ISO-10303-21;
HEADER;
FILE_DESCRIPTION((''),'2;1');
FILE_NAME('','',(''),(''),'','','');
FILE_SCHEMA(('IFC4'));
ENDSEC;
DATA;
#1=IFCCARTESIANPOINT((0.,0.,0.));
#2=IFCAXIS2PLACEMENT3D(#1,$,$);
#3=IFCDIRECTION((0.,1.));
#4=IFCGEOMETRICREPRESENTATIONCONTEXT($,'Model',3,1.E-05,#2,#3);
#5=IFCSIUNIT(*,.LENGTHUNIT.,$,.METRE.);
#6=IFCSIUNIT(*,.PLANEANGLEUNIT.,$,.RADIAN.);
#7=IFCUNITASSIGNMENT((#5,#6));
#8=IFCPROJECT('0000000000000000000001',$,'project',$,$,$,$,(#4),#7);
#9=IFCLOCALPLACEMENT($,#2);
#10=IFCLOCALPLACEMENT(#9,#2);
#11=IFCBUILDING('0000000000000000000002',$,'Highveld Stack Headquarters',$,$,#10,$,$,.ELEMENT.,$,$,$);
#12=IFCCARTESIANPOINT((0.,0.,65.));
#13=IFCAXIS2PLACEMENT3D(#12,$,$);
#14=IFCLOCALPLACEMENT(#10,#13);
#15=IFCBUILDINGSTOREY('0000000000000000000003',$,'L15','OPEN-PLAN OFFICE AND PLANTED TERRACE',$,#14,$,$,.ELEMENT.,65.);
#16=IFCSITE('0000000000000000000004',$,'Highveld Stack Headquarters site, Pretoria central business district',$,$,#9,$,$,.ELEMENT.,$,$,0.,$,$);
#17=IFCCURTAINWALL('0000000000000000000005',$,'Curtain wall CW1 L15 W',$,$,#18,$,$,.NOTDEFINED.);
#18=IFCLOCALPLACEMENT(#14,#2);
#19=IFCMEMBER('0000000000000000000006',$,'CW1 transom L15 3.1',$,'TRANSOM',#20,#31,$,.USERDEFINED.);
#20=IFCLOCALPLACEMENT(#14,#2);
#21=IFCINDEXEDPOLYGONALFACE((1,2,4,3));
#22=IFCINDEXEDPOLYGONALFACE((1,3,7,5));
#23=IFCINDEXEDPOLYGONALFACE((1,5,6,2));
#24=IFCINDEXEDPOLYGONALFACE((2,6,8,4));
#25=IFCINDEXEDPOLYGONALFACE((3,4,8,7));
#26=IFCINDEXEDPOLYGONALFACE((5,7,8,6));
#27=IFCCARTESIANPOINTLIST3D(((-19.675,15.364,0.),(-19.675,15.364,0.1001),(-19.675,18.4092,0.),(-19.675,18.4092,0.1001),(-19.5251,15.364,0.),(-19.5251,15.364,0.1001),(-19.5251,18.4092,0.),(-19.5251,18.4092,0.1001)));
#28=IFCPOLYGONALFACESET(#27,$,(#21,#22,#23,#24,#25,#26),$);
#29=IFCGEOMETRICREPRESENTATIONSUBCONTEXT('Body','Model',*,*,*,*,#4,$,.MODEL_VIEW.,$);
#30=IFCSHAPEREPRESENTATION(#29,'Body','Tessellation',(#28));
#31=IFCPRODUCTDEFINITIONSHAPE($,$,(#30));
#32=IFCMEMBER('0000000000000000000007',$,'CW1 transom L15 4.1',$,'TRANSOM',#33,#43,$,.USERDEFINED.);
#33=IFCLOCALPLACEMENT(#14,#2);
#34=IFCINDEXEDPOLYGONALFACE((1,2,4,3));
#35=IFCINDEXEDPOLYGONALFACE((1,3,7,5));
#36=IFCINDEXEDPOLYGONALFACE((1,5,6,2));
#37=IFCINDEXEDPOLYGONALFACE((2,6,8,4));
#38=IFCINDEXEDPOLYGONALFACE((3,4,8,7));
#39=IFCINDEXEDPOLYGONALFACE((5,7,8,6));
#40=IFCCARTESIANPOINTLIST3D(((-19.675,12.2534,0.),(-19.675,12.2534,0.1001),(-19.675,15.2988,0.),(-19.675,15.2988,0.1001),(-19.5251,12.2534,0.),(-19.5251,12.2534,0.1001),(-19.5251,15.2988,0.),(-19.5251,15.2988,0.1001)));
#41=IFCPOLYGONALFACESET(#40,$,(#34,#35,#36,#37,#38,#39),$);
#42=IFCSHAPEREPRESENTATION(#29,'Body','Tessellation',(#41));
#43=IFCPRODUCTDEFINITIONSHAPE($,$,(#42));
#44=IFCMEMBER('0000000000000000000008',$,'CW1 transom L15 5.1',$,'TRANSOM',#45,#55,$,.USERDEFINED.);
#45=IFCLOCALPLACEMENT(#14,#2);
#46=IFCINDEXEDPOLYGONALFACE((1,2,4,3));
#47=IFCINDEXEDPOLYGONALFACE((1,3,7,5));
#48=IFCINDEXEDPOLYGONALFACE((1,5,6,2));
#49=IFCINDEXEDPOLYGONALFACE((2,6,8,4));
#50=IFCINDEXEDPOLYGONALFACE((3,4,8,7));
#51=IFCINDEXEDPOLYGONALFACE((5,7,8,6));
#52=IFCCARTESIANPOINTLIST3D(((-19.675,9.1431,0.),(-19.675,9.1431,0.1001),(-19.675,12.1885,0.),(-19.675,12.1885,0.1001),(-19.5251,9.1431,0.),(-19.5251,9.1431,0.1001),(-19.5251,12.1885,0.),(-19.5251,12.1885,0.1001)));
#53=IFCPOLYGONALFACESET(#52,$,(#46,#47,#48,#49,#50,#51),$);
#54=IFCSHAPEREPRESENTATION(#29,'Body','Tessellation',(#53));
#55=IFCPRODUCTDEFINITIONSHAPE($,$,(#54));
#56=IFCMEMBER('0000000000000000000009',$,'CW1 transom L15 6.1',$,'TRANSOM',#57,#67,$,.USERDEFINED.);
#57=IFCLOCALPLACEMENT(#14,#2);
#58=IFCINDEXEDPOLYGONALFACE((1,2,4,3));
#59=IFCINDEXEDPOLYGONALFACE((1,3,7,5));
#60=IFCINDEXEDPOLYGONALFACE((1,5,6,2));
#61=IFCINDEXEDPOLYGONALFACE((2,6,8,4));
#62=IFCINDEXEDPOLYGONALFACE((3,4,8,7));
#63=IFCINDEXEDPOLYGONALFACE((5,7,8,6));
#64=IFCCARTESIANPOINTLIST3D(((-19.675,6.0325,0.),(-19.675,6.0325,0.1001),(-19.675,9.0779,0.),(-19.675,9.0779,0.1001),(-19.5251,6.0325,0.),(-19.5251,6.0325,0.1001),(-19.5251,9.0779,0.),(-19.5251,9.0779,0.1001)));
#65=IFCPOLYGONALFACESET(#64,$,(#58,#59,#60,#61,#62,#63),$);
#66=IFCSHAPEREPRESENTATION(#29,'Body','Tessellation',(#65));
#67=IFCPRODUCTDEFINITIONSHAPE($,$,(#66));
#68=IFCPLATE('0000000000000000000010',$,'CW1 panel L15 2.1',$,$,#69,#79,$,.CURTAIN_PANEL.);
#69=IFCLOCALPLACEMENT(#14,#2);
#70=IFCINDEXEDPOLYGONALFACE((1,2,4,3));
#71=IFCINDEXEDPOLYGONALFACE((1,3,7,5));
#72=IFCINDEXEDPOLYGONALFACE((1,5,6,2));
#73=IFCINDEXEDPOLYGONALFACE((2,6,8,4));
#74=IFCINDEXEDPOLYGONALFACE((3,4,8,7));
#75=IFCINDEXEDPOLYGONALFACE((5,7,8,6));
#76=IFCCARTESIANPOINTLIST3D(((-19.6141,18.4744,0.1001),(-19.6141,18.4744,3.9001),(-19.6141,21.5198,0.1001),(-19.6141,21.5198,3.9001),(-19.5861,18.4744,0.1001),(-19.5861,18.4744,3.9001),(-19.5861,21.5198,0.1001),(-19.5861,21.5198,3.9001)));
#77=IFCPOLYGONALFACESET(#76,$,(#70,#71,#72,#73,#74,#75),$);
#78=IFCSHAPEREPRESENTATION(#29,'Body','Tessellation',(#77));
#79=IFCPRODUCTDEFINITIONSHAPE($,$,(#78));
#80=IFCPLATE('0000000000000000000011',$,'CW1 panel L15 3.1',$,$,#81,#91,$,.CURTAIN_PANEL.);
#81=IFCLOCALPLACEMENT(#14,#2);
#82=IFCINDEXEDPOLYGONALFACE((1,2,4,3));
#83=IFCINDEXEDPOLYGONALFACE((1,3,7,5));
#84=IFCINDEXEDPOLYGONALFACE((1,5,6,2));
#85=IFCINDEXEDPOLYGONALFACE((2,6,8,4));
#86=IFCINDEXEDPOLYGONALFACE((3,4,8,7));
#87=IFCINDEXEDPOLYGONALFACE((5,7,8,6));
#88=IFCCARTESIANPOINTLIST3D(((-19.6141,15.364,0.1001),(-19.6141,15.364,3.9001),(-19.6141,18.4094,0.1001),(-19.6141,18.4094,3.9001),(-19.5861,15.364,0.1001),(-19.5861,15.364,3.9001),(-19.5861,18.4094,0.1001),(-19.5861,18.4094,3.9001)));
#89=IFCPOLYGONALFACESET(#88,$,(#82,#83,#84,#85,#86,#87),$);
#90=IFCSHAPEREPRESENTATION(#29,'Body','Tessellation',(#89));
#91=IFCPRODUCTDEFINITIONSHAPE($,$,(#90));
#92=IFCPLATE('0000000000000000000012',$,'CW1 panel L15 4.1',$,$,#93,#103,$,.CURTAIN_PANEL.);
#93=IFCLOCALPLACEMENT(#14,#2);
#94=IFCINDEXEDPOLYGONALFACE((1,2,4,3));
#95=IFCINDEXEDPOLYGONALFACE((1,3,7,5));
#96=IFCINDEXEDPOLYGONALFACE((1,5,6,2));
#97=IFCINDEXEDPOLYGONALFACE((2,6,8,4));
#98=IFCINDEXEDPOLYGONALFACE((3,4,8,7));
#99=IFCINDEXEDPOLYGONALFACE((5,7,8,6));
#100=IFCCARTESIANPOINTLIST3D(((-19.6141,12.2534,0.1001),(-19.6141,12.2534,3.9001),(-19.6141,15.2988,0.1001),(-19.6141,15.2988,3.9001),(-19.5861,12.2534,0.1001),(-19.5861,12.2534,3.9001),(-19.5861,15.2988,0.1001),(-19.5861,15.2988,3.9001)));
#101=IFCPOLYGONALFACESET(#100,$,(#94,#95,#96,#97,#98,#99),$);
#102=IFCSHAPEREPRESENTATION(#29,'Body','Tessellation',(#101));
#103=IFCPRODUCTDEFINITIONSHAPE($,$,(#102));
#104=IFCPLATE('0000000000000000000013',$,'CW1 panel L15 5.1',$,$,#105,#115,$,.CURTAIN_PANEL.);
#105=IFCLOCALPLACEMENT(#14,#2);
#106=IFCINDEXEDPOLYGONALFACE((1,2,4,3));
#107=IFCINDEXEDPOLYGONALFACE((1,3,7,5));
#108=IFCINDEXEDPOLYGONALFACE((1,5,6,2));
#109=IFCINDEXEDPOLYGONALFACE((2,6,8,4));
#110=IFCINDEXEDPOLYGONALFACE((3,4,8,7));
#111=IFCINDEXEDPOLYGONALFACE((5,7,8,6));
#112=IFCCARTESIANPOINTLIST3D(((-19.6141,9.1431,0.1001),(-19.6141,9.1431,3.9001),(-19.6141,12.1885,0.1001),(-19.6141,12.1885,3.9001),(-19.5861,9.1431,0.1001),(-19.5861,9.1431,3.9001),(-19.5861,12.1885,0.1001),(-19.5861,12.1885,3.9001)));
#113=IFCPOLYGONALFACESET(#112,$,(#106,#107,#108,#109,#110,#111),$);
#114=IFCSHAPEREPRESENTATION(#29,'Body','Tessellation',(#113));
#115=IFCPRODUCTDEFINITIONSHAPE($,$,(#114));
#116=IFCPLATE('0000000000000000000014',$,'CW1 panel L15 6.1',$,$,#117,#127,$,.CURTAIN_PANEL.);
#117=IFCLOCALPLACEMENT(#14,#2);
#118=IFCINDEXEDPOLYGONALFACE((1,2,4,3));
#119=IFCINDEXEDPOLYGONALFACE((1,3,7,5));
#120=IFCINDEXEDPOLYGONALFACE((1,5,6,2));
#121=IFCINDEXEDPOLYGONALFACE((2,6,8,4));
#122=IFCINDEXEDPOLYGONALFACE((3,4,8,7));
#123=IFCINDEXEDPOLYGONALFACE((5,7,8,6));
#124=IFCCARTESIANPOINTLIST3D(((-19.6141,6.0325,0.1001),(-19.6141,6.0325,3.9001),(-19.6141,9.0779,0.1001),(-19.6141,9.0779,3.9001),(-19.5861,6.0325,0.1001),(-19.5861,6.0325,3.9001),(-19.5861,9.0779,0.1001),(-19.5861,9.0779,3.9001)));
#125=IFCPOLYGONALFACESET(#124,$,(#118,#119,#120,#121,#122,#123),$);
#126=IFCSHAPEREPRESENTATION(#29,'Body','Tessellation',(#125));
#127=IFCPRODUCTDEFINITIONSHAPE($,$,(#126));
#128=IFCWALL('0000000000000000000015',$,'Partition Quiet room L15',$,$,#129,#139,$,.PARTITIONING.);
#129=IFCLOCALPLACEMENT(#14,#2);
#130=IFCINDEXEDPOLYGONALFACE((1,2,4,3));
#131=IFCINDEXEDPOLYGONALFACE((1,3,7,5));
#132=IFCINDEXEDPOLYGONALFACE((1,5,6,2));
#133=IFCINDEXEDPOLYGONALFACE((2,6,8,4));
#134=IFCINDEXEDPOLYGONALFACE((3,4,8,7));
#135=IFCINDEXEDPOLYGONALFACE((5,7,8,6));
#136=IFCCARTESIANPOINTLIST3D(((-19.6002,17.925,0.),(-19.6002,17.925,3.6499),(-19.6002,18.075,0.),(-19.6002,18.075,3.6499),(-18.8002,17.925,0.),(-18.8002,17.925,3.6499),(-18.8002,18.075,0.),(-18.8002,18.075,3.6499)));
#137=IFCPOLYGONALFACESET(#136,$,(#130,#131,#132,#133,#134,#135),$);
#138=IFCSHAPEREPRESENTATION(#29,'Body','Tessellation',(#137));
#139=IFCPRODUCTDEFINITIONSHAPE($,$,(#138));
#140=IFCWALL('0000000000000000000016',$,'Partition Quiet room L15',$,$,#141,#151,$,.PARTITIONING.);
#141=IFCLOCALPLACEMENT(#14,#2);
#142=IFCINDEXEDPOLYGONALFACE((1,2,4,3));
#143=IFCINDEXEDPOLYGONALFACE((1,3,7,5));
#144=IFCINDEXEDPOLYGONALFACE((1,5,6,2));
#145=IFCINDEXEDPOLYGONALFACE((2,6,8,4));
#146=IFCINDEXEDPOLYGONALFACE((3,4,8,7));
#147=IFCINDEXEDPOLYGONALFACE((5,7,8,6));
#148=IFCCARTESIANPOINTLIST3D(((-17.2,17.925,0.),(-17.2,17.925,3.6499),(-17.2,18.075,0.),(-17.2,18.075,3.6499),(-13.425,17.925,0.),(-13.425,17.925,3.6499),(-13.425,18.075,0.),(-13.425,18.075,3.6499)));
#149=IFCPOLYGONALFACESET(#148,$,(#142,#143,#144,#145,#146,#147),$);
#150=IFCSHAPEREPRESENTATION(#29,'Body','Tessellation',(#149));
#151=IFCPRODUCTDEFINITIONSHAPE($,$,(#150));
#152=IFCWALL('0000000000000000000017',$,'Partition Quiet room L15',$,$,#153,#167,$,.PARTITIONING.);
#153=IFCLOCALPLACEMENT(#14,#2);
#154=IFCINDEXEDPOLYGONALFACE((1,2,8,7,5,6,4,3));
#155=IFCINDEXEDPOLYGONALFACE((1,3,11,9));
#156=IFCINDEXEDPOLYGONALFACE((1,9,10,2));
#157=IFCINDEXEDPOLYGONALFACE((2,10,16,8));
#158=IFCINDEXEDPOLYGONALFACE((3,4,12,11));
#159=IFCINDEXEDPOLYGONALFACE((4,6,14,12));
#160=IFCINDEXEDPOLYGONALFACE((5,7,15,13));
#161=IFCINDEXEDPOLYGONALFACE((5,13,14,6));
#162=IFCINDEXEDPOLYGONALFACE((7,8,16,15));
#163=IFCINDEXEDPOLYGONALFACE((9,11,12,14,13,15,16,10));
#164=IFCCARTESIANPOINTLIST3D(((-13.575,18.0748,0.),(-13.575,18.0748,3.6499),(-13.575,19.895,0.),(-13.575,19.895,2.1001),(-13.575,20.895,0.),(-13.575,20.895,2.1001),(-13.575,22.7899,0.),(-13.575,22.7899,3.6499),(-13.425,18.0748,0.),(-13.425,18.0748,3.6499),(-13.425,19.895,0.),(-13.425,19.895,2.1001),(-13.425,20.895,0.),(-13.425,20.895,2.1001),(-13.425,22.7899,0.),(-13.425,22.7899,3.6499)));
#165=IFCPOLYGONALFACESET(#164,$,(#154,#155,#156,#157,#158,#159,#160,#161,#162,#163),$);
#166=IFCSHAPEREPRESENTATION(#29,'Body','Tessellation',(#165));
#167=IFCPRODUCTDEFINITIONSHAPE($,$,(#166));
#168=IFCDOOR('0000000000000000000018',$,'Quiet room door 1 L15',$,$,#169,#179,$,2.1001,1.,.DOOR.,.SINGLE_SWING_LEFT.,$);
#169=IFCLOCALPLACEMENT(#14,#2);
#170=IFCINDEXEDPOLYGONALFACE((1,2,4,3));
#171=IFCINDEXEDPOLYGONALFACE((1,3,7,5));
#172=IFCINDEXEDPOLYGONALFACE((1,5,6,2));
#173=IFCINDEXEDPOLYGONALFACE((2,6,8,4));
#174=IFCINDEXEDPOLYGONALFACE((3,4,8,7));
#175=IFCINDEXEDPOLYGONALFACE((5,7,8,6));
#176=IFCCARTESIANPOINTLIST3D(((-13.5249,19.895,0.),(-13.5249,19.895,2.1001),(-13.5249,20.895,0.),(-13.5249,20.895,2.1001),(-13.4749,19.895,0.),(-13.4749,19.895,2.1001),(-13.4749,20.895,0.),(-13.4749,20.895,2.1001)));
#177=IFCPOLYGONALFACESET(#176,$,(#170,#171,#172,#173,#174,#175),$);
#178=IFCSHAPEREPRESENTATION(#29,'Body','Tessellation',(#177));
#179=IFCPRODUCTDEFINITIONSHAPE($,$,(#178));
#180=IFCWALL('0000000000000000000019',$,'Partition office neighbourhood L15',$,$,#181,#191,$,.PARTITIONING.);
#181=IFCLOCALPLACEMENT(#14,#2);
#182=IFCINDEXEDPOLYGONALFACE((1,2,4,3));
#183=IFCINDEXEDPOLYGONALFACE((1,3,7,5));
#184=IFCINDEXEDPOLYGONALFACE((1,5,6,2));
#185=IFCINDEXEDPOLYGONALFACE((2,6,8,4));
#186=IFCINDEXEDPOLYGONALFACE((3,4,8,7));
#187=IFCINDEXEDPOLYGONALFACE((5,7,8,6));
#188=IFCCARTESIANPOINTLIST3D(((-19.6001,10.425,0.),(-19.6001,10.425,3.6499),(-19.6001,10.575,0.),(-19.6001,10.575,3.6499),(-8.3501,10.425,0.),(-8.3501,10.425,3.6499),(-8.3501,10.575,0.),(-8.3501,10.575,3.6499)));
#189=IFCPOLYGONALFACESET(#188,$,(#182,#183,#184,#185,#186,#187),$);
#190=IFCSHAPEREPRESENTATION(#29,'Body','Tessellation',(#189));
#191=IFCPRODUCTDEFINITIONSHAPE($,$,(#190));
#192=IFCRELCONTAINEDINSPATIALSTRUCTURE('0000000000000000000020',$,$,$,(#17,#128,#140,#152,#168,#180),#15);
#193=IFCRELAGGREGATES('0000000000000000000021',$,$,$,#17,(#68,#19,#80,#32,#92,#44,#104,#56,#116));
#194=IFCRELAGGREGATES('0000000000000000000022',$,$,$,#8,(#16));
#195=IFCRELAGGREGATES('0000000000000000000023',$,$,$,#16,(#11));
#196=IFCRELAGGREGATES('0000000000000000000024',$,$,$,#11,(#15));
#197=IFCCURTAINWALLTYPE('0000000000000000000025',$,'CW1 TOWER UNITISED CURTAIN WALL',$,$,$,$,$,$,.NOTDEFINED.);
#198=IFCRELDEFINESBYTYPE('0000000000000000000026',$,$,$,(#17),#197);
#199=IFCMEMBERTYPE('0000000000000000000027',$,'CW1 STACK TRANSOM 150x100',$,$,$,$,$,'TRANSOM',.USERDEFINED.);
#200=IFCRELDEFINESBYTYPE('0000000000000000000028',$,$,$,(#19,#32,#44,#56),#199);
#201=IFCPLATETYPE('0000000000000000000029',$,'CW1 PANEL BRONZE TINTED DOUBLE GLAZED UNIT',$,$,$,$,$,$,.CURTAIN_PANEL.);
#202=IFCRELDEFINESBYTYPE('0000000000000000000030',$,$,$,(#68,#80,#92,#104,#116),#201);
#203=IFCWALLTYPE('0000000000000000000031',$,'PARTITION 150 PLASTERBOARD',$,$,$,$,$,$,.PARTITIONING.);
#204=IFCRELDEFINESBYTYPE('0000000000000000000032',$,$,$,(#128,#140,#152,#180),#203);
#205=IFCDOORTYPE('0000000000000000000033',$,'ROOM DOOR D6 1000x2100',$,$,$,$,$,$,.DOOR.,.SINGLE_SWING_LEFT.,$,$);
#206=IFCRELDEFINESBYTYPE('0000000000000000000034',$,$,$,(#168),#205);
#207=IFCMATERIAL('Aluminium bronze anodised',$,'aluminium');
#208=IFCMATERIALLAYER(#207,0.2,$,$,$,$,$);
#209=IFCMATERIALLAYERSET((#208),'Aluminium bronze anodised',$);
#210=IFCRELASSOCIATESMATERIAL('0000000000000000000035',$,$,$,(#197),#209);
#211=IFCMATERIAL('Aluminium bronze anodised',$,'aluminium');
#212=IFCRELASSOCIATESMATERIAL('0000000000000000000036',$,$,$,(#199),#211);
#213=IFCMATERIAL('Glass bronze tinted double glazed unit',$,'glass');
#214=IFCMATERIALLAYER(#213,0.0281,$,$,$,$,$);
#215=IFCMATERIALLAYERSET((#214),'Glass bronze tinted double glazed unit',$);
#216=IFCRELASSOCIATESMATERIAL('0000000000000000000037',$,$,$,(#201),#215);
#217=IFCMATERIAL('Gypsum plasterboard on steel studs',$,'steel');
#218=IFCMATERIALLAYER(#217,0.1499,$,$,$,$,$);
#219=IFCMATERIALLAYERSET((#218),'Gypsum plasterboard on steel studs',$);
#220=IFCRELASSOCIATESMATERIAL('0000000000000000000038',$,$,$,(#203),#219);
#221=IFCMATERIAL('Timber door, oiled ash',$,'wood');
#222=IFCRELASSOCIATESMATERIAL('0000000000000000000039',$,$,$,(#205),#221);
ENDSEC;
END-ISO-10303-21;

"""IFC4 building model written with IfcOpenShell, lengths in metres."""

from ifc_helpers import new_model, si_unit, direction, frame, frame_2d, origin, origin_2d, place, context, subcontext, project, spatial, rectangle, extrude, material, layer, layer_set, material_profile, profile_set, type_object, element, fill, aggregate, save


model = new_model("IFC4")

# Units and contexts
model_context = context("Model", 3, precision=1e-05, world=origin(), true_north=direction((0.0, 1.0)))
body_context = subcontext(model_context, "Body", "Model", "MODEL_VIEW")
ifc_project = project(units=[si_unit("LENGTHUNIT", "METRE"), si_unit("PLANEANGLEUNIT", "RADIAN")], contexts=[model_context])

# Site, building, storey
site_placement = place(None, origin())
site = spatial("IfcSite", under=ifc_project, at=site_placement, Name="Highveld Stack Headquarters site, Pretoria central business district", CompositionType="ELEMENT", RefElevation=0.0)
building_placement = place(site_placement, origin())
building = spatial("IfcBuilding", under=site, at=building_placement, Name="Highveld Stack Headquarters", CompositionType="ELEMENT")
storey_placement = place(building_placement, frame((0.0, 0.0, 65.0)))
storey = spatial("IfcBuildingStorey", under=building, at=storey_placement, Name="L15", Description="OPEN-PLAN OFFICE AND PLANTED TERRACE", CompositionType="ELEMENT", Elevation=65.0)

# Curtain wall, members, plates
ifc_material_1 = material(Name="Aluminium bronze anodised", Category="aluminium")
ifc_layer_1 = layer(ifc_material_1, 0.2)
ifc_layer_set_1 = layer_set([ifc_layer_1], Name="Aluminium bronze anodised")
curtain_wall_type = type_object("IfcCurtainWallType", Name="CW1 TOWER UNITISED CURTAIN WALL", PredefinedType="NOTDEFINED", material=ifc_layer_set_1)
curtain_wall_placement = place(storey_placement, origin())
curtain_wall = element("IfcCurtainWall", 1, at=curtain_wall_placement, inside=storey, type_object=curtain_wall_type, Name="Curtain wall CW1 L15 W", PredefinedType="NOTDEFINED")
ifc_material_2 = material(Name="Aluminium bronze anodised", Category="aluminium")
ifc_material_profile_1 = material_profile(ifc_material_2, rectangle(XDim=0.1499, YDim=0.1001, at=origin_2d()), Name="CW1 TRANSOM 150x100")
ifc_profile_set_1 = profile_set([ifc_material_profile_1], Name="Aluminium bronze anodised")
member_type_1 = type_object("IfcMemberType", Name="CW1 STACK TRANSOM 150x100", ElementType="TRANSOM", PredefinedType="USERDEFINED", material=ifc_profile_set_1)
member_1_placement = place(storey_placement, frame((-19.6001, 18.4092, 0.05), z_axis=(0.0, -1.0, 0.0), x_axis=(1.0, 0.0, 0.0)))
member_1 = element("IfcMember", 2, at=member_1_placement, type_object=member_type_1, Name="CW1 transom L15 3.1", ObjectType="TRANSOM", PredefinedType="USERDEFINED", context=body_context, shape_type="SweptSolid", body=[
    extrude(rectangle(XDim=0.1499, YDim=0.1001, at=origin_2d()), origin(), (0.0, 0.0, 1.0), 3.0452),
])
member_2_placement = place(storey_placement, frame((-19.6001, 15.2988, 0.05), z_axis=(0.0, -1.0, 0.0), x_axis=(1.0, 0.0, 0.0)))
member_2 = element("IfcMember", 3, at=member_2_placement, type_object=member_type_1, Name="CW1 transom L15 4.1", ObjectType="TRANSOM", PredefinedType="USERDEFINED", context=body_context, shape_type="SweptSolid", body=[
    extrude(rectangle(XDim=0.1499, YDim=0.1001, at=origin_2d()), origin(), (0.0, 0.0, 1.0), 3.0454),
])
member_3_placement = place(storey_placement, frame((-19.6001, 12.1885, 0.05), z_axis=(0.0, -1.0, 0.0), x_axis=(1.0, 0.0, 0.0)))
member_3 = element("IfcMember", 4, at=member_3_placement, type_object=member_type_1, Name="CW1 transom L15 5.1", ObjectType="TRANSOM", PredefinedType="USERDEFINED", context=body_context, shape_type="SweptSolid", body=[
    extrude(rectangle(XDim=0.1499, YDim=0.1001, at=origin_2d()), origin(), (0.0, 0.0, 1.0), 3.0454),
])
member_4_placement = place(storey_placement, frame((-19.6001, 9.0779, 0.05), z_axis=(0.0, -1.0, 0.0), x_axis=(1.0, 0.0, 0.0)))
member_4 = element("IfcMember", 5, at=member_4_placement, type_object=member_type_1, Name="CW1 transom L15 6.1", ObjectType="TRANSOM", PredefinedType="USERDEFINED", context=body_context, shape_type="SweptSolid", body=[
    extrude(rectangle(XDim=0.1499, YDim=0.1001, at=origin_2d()), origin(), (0.0, 0.0, 1.0), 3.0454),
])
ifc_material_3 = material(Name="Glass bronze tinted double glazed unit", Category="glass")
ifc_layer_2 = layer(ifc_material_3, 0.0281)
ifc_layer_set_2 = layer_set([ifc_layer_2], Name="Glass bronze tinted double glazed unit")
plate_type = type_object("IfcPlateType", Name="CW1 PANEL BRONZE TINTED DOUBLE GLAZED UNIT", PredefinedType="CURTAIN_PANEL", material=ifc_layer_set_2)
plate_1_placement = place(storey_placement, frame((-19.6001, 19.9971, 0.1001), z_axis=(0.0, 0.0, 1.0), x_axis=(0.0, -1.0, 0.0)))
plate_1 = element("IfcPlate", 6, at=plate_1_placement, type_object=plate_type, Name="CW1 panel L15 2.1", PredefinedType="CURTAIN_PANEL", context=body_context, shape_type="SweptSolid", body=[
    extrude(rectangle(XDim=3.0454, YDim=0.0281, at=origin_2d()), origin(), (0.0, 0.0, 1.0), 3.8),
])
plate_2_placement = place(storey_placement, frame((-19.6001, 16.8867, 0.1001), z_axis=(0.0, 0.0, 1.0), x_axis=(0.0, -1.0, 0.0)))
plate_2 = element("IfcPlate", 7, at=plate_2_placement, type_object=plate_type, Name="CW1 panel L15 3.1", PredefinedType="CURTAIN_PANEL", context=body_context, shape_type="SweptSolid", body=[
    extrude(rectangle(XDim=3.0454, YDim=0.0281, at=origin_2d()), origin(), (0.0, 0.0, 1.0), 3.8),
])
plate_3_placement = place(storey_placement, frame((-19.6001, 13.7761, 0.1001), z_axis=(0.0, 0.0, 1.0), x_axis=(0.0, -1.0, 0.0)))
plate_3 = element("IfcPlate", 8, at=plate_3_placement, type_object=plate_type, Name="CW1 panel L15 4.1", PredefinedType="CURTAIN_PANEL", context=body_context, shape_type="SweptSolid", body=[
    extrude(rectangle(XDim=3.0454, YDim=0.0281, at=origin_2d()), origin(), (0.0, 0.0, 1.0), 3.8),
])
plate_4_placement = place(storey_placement, frame((-19.6001, 10.6658, 0.1001), z_axis=(0.0, 0.0, 1.0), x_axis=(0.0, -1.0, 0.0)))
plate_4 = element("IfcPlate", 9, at=plate_4_placement, type_object=plate_type, Name="CW1 panel L15 5.1", PredefinedType="CURTAIN_PANEL", context=body_context, shape_type="SweptSolid", body=[
    extrude(rectangle(XDim=3.0454, YDim=0.0281, at=origin_2d()), origin(), (0.0, 0.0, 1.0), 3.8),
])
plate_5_placement = place(storey_placement, frame((-19.6001, 7.5552, 0.1001), z_axis=(0.0, 0.0, 1.0), x_axis=(0.0, -1.0, 0.0)))
plate_5 = element("IfcPlate", 10, at=plate_5_placement, type_object=plate_type, Name="CW1 panel L15 6.1", PredefinedType="CURTAIN_PANEL", context=body_context, shape_type="SweptSolid", body=[
    extrude(rectangle(XDim=3.0454, YDim=0.0281, at=origin_2d()), origin(), (0.0, 0.0, 1.0), 3.8),
])
aggregate(curtain_wall, [plate_1, member_1, plate_2, member_2, plate_3, member_3, plate_4, member_4, plate_5])

# Walls
ifc_material_4 = material(Name="Gypsum plasterboard on steel studs", Category="steel")
ifc_layer_3 = layer(ifc_material_4, 0.1499)
ifc_layer_set_3 = layer_set([ifc_layer_3], Name="Gypsum plasterboard on steel studs")
wall_type = type_object("IfcWallType", Name="PARTITION 150 PLASTERBOARD", PredefinedType="PARTITIONING", material=ifc_layer_set_3)
wall_1_placement = place(storey_placement, frame((-19.6001, 18.0, 0.0), z_axis=(0.0, 0.0, 1.0), x_axis=(1.0, 0.0, 0.0)))
element("IfcWall", 11, at=wall_1_placement, inside=storey, type_object=wall_type, Name="Partition Quiet room L15", PredefinedType="PARTITIONING", context=body_context, shape_type="SweptSolid", body=[
    extrude(rectangle(XDim=0.8, YDim=0.1499, at=frame_2d((0.3999, 0.0))), origin(), (0.0, 0.0, 1.0), 3.6499),
])
wall_2_placement = place(storey_placement, frame((-17.2, 18.0, 0.0), z_axis=(0.0, 0.0, 1.0), x_axis=(1.0, 0.0, 0.0)))
element("IfcWall", 12, at=wall_2_placement, inside=storey, type_object=wall_type, Name="Partition Quiet room L15", PredefinedType="PARTITIONING", context=body_context, shape_type="SweptSolid", body=[
    extrude(rectangle(XDim=3.7749, YDim=0.1499, at=frame_2d((1.8875, 0.0))), origin(), (0.0, 0.0, 1.0), 3.6499),
])

# Wall, opening, door
wall_3_placement = place(storey_placement, frame((-13.5, 18.075, 0.0), z_axis=(0.0, 0.0, 1.0), x_axis=(0.0, 1.0, 0.0)))
wall_3 = element("IfcWall", 13, at=wall_3_placement, inside=storey, type_object=wall_type, Name="Partition Quiet room L15", PredefinedType="PARTITIONING", context=body_context, shape_type="SweptSolid", body=[
    extrude(rectangle(XDim=4.7151, YDim=0.1499, at=frame_2d((2.3574, 0.0))), origin(), (0.0, 0.0, 1.0), 3.6499),
])
opening_placement = place(wall_3_placement, frame((1.8201, 0.0, 0.0)))
opening = element("IfcOpeningElement", 14, at=opening_placement, cuts=wall_3, PredefinedType="OPENING", context=body_context, shape_type="SweptSolid", body=[
    extrude(rectangle(XDim=1.0, YDim=2.1001, at=frame_2d((0.5, 1.05))), frame((0.0, 0.085, 0.0), z_axis=(0.0, -1.0, 0.0), x_axis=(1.0, 0.0, 0.0)), (0.0, 0.0, 1.0), 0.1699),
])
ifc_material_5 = material(Name="Timber door, oiled ash", Category="wood")
door_type = type_object("IfcDoorType", Name="ROOM DOOR D6 1000x2100", OperationType="SINGLE_SWING_LEFT", PredefinedType="DOOR", material=ifc_material_5)
door_placement = place(opening_placement, origin())
door = element("IfcDoor", 15, at=door_placement, inside=storey, type_object=door_type, Name="Quiet room door 1 L15", OperationType="SINGLE_SWING_LEFT", OverallHeight=2.1001, OverallWidth=1.0, PredefinedType="DOOR", context=body_context, shape_type="SweptSolid", body=[
    extrude(rectangle(XDim=1.0, YDim=2.1001, at=frame_2d((0.5, 1.05))), frame((0.0, 0.0249, 0.0), z_axis=(0.0, -1.0, 0.0), x_axis=(1.0, 0.0, 0.0)), (0.0, 0.0, 1.0), 0.05),
])
fill(opening, door)

# Wall
wall_4_placement = place(storey_placement, frame((-19.6001, 10.5, 0.0), z_axis=(0.0, 0.0, 1.0), x_axis=(1.0, 0.0, 0.0)))
element("IfcWall", 16, at=wall_4_placement, inside=storey, type_object=wall_type, Name="Partition office neighbourhood L15", PredefinedType="PARTITIONING", context=body_context, shape_type="SweptSolid", body=[
    extrude(rectangle(XDim=11.25, YDim=0.1499, at=frame_2d((5.625, 0.0))), origin(), (0.0, 0.0, 1.0), 3.6499),
])

save(model, "model.ifc")
